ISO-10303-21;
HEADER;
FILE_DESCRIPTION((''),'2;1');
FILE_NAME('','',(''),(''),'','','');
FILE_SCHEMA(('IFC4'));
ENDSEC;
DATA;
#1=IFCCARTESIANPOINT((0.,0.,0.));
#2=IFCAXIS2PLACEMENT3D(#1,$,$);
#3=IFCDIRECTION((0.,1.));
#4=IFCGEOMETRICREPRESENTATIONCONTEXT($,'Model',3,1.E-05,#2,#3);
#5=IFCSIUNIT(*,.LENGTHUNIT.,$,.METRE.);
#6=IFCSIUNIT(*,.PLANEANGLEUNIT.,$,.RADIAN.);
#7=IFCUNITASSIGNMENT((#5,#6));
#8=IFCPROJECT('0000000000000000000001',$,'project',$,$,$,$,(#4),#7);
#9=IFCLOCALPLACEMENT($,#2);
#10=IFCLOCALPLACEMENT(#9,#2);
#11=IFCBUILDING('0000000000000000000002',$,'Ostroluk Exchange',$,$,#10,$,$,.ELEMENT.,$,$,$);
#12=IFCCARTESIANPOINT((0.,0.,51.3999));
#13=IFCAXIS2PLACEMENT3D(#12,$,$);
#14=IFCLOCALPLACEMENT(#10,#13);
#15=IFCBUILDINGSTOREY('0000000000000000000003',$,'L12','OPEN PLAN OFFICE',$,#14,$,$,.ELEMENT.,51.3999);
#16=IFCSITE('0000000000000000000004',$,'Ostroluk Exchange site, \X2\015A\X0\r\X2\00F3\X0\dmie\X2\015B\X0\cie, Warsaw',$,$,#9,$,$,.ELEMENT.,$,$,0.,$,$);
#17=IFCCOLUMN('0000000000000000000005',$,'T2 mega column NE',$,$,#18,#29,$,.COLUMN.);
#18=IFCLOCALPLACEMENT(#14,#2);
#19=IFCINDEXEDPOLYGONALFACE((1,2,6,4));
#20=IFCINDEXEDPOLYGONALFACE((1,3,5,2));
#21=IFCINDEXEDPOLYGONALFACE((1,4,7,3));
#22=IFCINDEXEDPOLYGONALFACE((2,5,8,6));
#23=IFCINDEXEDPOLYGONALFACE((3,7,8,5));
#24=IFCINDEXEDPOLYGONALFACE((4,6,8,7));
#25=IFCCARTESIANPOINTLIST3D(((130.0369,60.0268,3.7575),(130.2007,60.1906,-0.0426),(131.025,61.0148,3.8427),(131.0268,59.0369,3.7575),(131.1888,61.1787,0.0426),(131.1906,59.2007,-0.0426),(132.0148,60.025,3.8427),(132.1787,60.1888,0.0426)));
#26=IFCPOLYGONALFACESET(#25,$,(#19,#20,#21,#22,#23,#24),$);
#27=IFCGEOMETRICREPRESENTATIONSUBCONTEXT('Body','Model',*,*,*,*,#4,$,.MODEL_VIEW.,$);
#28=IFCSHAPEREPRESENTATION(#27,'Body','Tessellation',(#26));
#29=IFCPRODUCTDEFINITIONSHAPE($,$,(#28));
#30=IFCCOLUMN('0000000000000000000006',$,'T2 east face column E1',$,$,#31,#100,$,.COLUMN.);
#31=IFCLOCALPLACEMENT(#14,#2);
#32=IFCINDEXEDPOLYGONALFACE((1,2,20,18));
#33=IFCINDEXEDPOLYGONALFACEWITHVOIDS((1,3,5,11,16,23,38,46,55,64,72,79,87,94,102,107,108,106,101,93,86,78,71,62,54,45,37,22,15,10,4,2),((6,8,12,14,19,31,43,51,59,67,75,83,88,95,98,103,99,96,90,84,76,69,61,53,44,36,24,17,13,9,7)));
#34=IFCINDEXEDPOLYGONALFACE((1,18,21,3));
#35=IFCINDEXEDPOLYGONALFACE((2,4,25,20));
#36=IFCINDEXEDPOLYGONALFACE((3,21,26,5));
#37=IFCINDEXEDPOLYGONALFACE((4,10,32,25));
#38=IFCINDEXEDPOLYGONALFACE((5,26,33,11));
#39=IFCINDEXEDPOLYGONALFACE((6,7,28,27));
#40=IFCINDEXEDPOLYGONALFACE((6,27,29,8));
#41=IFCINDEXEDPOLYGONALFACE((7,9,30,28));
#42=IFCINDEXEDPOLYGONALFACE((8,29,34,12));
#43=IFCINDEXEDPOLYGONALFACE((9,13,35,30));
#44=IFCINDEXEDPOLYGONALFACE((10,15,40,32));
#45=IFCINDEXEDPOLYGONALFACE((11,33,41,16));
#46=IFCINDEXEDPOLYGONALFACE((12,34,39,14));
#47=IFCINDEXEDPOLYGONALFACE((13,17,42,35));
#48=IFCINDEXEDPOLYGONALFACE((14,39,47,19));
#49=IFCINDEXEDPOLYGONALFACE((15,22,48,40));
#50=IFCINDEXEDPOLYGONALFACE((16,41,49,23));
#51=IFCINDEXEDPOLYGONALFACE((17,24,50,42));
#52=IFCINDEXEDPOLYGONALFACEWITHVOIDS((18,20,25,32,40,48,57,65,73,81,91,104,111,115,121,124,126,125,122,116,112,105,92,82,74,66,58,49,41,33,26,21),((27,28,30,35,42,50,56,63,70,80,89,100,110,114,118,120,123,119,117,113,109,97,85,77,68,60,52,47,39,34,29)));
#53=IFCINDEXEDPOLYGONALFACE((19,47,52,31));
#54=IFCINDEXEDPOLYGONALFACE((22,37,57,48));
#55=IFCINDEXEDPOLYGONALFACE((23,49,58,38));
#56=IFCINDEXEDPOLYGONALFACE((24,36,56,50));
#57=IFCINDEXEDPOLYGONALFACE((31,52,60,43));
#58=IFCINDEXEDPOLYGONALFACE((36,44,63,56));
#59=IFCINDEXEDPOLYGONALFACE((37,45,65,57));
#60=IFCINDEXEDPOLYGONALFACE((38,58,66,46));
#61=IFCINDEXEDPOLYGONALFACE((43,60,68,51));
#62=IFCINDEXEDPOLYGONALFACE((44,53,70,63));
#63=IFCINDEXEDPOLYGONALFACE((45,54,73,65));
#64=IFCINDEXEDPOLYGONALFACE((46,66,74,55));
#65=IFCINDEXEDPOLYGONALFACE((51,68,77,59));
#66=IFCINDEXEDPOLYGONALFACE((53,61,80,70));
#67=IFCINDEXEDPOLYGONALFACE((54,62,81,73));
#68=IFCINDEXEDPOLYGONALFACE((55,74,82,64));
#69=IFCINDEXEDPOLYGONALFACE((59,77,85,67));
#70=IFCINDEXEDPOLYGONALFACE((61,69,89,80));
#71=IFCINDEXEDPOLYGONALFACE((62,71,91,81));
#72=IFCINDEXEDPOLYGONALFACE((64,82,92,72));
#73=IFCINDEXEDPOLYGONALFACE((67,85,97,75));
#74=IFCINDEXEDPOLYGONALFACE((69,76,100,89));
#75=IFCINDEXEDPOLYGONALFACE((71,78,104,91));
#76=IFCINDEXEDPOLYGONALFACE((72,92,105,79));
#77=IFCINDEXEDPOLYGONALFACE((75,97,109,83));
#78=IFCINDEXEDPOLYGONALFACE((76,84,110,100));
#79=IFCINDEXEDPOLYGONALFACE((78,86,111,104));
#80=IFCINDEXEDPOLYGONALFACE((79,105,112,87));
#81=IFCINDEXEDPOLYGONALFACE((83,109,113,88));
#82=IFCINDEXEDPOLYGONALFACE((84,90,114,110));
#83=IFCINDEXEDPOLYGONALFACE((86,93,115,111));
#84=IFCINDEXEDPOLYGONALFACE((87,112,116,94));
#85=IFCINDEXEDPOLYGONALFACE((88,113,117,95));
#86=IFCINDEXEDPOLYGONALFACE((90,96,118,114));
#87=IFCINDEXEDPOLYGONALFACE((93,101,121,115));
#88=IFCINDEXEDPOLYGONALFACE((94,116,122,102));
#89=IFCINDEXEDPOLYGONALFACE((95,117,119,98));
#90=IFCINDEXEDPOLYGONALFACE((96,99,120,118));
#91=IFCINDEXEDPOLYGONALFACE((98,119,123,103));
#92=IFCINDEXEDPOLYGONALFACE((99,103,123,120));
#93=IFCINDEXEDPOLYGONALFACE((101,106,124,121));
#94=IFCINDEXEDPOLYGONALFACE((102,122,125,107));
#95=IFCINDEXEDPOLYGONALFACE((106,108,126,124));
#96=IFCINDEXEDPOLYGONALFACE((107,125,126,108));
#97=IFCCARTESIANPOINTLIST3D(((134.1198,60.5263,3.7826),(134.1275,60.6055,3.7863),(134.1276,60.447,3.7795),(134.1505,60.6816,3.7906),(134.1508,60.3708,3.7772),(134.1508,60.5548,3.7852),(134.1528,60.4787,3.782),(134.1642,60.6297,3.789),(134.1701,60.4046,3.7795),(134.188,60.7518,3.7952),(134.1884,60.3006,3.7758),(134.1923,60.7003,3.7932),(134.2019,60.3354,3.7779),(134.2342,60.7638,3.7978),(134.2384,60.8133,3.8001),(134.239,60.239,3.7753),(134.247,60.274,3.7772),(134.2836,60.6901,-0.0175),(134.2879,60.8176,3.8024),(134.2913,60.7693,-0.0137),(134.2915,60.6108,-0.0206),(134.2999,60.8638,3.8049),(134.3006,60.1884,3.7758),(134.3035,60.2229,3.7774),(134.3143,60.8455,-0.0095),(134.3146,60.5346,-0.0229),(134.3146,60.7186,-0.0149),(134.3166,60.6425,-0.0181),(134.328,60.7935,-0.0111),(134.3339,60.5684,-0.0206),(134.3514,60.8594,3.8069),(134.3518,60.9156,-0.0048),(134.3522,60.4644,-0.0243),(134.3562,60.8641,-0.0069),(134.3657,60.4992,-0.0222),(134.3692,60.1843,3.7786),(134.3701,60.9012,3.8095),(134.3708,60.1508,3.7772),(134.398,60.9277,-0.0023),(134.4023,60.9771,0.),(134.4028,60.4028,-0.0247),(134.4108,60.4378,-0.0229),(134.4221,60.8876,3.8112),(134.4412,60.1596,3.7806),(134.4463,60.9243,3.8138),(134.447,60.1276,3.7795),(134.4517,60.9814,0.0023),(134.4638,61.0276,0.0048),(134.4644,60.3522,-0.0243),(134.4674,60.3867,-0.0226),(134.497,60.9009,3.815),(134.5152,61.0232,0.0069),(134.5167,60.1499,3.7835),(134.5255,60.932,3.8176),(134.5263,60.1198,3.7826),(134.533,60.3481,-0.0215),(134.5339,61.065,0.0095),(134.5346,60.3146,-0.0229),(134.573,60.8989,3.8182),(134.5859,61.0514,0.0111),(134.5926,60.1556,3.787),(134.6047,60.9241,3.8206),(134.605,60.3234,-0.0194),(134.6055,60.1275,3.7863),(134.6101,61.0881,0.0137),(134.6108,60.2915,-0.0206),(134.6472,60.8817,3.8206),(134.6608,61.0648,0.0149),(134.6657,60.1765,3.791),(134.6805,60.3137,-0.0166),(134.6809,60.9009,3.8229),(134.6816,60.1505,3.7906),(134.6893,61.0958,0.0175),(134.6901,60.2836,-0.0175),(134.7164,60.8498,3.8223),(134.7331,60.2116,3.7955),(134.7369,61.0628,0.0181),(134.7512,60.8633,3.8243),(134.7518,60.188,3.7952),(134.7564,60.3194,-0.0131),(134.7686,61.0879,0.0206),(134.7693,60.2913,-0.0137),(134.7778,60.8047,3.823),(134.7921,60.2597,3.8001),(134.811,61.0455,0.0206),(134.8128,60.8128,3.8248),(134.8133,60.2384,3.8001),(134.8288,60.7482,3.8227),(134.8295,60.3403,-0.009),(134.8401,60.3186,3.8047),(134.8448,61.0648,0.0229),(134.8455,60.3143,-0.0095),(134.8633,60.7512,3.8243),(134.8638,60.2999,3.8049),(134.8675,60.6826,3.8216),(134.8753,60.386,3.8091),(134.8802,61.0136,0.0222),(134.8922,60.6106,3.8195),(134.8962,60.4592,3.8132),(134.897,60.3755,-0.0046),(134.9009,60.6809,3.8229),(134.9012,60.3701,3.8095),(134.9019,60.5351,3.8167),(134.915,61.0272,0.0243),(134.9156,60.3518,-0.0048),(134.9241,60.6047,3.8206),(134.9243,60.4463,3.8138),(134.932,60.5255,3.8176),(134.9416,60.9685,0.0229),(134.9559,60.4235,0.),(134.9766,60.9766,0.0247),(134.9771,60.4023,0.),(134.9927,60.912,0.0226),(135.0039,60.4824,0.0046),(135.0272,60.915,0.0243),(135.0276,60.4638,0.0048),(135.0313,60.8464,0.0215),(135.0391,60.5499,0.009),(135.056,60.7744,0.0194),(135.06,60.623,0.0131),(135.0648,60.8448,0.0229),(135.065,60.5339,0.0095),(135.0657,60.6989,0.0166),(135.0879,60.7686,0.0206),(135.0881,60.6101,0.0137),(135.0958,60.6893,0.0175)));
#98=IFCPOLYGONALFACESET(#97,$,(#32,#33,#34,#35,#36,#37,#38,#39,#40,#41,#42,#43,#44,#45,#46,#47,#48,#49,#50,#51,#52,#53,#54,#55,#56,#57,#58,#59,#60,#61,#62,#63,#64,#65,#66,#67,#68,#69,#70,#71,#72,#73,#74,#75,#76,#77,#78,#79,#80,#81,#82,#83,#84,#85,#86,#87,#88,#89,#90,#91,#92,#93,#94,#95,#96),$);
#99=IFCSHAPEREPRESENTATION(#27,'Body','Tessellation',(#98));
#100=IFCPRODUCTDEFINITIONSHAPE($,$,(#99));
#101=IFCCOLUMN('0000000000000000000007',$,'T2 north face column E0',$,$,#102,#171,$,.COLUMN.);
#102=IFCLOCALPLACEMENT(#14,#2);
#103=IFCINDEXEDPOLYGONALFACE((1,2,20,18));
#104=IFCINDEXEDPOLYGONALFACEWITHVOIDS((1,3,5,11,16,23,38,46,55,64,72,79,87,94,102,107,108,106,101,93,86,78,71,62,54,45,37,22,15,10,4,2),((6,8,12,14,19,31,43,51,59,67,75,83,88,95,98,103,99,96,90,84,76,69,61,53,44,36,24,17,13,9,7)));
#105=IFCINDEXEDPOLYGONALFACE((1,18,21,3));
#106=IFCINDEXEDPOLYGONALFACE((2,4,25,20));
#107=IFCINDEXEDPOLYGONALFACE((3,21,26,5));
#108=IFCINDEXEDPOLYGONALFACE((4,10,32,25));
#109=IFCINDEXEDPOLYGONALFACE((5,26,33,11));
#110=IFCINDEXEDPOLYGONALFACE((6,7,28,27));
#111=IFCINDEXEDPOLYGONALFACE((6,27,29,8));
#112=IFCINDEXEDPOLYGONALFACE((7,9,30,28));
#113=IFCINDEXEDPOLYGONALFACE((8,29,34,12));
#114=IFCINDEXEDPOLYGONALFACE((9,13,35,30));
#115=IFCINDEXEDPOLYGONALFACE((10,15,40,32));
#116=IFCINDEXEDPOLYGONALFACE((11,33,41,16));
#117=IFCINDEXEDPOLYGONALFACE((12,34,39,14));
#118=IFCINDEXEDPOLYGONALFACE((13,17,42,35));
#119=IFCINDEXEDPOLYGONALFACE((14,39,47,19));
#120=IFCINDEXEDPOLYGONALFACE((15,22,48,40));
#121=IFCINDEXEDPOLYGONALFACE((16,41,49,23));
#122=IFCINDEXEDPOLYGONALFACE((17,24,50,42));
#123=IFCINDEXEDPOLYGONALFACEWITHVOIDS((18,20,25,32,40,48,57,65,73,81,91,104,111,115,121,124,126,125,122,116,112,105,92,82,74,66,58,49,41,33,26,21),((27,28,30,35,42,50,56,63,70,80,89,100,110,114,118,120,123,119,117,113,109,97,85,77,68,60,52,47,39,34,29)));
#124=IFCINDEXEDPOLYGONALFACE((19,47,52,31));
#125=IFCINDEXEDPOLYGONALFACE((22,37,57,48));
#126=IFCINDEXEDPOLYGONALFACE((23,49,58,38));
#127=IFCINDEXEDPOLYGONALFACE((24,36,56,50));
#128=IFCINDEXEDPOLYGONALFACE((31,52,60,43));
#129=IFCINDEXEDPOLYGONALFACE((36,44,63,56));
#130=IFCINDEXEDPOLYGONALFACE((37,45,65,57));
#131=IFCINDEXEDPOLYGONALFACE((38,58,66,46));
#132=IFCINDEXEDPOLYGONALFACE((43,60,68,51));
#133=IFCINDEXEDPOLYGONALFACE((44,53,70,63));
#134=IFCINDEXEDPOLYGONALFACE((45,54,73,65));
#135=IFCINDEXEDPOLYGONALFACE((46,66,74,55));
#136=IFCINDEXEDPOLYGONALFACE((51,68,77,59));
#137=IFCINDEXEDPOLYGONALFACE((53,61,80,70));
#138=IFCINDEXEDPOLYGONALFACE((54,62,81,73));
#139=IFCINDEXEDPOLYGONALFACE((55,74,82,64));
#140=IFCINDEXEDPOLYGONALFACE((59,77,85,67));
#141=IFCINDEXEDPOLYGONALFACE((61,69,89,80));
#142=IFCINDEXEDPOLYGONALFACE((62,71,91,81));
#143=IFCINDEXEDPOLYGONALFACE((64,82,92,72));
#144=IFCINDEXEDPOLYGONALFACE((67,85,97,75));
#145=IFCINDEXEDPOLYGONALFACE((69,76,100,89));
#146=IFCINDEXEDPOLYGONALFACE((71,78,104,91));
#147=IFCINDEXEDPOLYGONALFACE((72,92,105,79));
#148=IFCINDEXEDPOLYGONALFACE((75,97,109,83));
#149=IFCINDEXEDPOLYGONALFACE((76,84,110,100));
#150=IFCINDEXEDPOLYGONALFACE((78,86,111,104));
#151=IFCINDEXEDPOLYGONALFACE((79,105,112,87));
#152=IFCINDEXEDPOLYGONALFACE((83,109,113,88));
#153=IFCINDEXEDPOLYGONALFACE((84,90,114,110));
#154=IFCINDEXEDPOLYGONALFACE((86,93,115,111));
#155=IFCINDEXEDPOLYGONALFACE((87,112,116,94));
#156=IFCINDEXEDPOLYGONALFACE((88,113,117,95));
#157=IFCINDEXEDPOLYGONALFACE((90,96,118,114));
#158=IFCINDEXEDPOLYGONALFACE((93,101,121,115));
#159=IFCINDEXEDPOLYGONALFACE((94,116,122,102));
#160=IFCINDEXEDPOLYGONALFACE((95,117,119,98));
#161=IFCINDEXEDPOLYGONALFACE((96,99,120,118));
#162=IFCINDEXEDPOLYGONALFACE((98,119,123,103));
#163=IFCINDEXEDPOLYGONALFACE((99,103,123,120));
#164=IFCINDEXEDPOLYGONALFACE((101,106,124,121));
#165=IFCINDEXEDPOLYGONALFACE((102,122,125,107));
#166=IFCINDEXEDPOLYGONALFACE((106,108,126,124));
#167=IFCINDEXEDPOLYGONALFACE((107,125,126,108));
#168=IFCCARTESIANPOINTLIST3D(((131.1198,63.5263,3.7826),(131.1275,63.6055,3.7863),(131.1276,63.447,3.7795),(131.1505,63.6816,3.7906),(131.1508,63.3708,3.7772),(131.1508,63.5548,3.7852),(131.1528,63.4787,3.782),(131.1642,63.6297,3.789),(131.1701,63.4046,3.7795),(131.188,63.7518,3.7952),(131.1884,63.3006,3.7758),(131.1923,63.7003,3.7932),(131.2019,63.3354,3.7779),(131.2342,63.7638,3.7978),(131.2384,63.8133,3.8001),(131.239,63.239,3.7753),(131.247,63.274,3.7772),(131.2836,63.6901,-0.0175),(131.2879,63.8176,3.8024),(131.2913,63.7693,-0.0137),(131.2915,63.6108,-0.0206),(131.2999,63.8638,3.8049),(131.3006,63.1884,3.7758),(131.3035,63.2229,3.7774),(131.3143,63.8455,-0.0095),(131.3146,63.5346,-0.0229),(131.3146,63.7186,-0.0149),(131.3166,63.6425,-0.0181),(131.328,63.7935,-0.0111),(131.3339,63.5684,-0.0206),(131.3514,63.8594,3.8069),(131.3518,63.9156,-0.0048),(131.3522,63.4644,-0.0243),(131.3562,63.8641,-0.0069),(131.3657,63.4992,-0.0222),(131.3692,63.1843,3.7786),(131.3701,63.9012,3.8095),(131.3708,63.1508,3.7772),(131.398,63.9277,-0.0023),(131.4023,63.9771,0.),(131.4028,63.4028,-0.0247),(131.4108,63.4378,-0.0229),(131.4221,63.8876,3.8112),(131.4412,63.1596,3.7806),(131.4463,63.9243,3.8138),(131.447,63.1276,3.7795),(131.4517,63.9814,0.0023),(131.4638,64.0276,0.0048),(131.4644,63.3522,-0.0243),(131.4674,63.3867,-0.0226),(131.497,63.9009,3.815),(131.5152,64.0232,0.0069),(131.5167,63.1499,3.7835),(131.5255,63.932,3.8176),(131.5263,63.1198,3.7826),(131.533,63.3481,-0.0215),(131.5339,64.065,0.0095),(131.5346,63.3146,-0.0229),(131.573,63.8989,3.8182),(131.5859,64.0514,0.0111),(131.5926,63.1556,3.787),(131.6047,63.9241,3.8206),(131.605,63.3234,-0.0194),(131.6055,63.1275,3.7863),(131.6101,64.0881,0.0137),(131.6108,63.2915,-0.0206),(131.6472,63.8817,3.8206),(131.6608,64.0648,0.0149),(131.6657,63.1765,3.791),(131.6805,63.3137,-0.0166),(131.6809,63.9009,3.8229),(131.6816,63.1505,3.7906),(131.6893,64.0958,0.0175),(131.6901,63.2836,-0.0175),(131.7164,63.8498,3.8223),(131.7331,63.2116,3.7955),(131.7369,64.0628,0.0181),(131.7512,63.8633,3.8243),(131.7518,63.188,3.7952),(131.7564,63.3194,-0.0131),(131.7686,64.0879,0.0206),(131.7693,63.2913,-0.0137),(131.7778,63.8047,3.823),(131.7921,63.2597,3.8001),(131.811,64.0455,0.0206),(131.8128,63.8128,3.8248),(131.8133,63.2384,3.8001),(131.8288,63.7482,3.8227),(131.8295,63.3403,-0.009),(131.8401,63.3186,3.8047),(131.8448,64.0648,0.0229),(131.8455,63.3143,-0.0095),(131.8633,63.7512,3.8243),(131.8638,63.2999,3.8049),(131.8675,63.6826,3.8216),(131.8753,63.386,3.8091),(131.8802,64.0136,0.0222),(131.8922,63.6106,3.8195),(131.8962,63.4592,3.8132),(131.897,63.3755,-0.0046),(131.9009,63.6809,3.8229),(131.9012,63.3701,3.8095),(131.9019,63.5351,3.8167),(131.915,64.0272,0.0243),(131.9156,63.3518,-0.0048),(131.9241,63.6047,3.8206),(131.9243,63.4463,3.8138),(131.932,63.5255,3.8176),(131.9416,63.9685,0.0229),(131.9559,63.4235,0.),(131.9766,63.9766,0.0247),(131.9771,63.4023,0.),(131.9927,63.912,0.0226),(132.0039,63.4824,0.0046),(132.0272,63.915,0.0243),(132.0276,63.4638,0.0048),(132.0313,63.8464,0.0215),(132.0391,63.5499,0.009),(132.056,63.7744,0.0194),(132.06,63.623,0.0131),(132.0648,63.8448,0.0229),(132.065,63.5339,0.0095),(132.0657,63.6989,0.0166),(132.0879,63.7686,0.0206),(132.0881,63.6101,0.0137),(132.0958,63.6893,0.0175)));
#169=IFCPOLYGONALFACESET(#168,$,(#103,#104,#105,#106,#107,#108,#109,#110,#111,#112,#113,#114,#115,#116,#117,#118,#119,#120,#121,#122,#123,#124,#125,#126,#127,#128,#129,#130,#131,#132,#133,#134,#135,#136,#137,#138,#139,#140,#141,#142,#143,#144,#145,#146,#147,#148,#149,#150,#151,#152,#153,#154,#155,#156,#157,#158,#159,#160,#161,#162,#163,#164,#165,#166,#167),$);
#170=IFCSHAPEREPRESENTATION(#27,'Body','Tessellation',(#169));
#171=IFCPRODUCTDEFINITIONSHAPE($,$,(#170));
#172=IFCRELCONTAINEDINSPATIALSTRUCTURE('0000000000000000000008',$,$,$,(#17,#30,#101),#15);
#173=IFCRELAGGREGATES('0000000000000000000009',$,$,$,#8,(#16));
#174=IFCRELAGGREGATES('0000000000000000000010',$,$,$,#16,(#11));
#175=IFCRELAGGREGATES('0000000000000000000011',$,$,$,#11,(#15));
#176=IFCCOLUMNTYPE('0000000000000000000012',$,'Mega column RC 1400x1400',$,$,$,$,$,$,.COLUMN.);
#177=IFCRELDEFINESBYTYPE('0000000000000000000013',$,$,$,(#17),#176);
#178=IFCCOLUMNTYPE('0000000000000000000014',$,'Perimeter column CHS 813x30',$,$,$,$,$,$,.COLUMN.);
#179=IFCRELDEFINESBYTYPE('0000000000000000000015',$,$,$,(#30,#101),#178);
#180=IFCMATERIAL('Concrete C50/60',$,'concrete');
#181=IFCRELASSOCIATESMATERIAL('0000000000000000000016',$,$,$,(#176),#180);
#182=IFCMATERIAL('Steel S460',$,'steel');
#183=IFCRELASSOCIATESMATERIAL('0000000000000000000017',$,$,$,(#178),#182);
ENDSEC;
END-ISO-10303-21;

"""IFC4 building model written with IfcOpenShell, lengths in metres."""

from ifc_helpers import new_model, si_unit, direction, frame, origin, origin_2d, place, context, subcontext, project, spatial, rectangle, hollow_circle, extrude, material, material_profile, profile_set, type_object, element, save


model = new_model("IFC4")

# Units and contexts
model_context = context("Model", 3, precision=1e-05, world=origin(), true_north=direction((0.0, 1.0)))
body_context = subcontext(model_context, "Body", "Model", "MODEL_VIEW")
ifc_project = project(units=[si_unit("LENGTHUNIT", "METRE"), si_unit("PLANEANGLEUNIT", "RADIAN")], contexts=[model_context])

# Site, building, storey
site_placement = place(None, origin())
site = spatial("IfcSite", under=ifc_project, at=site_placement, Name="Ostroluk Exchange site, Śródmieście, Warsaw", CompositionType="ELEMENT", RefElevation=0.0)
building_placement = place(site_placement, origin())
building = spatial("IfcBuilding", under=site, at=building_placement, Name="Ostroluk Exchange", CompositionType="ELEMENT")
storey_placement = place(building_placement, frame((0.0, 0.0, 51.3999)))
storey = spatial("IfcBuildingStorey", under=building, at=storey_placement, Name="L12", Description="OPEN PLAN OFFICE", CompositionType="ELEMENT", Elevation=51.3999)

# Columns
ifc_material_1 = material(Name="Concrete C50/60", Category="concrete")
ifc_material_profile_1 = material_profile(ifc_material_1, rectangle(XDim=1.3999, YDim=1.3999, at=origin_2d()), Name="RC 1400x1400")
ifc_profile_set_1 = profile_set([ifc_material_profile_1], Name="Concrete C50/60")
column_type_1 = type_object("IfcColumnType", Name="Mega column RC 1400x1400", PredefinedType="COLUMN", material=ifc_profile_set_1)
column_placement = place(storey_placement, frame((131.1897, 60.1897, 0.0), z_axis=(-0.04303, -0.04303, 0.998147), x_axis=(0.707107, -0.707107, 0.0)))
element("IfcColumn", 1, at=column_placement, inside=storey, type_object=column_type_1, Name="T2 mega column NE", PredefinedType="COLUMN", context=body_context, shape_type="SweptSolid", body=[
    extrude(rectangle(XDim=1.3999, YDim=1.3999, at=origin_2d()), origin(), (0.0, 0.0, 1.0), 3.8071),
])
ifc_material_2 = material(Name="Steel S460", Category="steel")
ifc_material_profile_2 = material_profile(ifc_material_2, hollow_circle(Radius=0.4065, WallThickness=0.03, at=origin_2d()), Name="CHS 813x30")
ifc_profile_set_2 = profile_set([ifc_material_profile_2], Name="Steel S460")
column_type_2 = type_object("IfcColumnType", Name="Perimeter column CHS 813x30", PredefinedType="COLUMN", material=ifc_profile_set_2)
for number, where, z_axis, x_axis, name in (
    (2, (134.6897, 60.6897, 0.0), (-0.04303, -0.04303, 0.998147), (0.707107, -0.707107, 0.0), "T2 east face column E1"),
    (3, (131.6897, 63.6897, 0.0), (-0.04303, -0.04303, 0.998147), (0.707107, -0.707107, 0.0), "T2 north face column E0"),
):
    element("IfcColumn", number, at=place(storey_placement, frame(where, z_axis=z_axis, x_axis=x_axis)), inside=storey, type_object=column_type_2, Name=name, PredefinedType="COLUMN", context=body_context, shape_type="SweptSolid", body=[
        extrude(hollow_circle(Radius=0.4065, WallThickness=0.03, at=origin_2d()), origin(), (0.0, 0.0, 1.0), 3.8071),
    ])

save(model, "model.ifc")
